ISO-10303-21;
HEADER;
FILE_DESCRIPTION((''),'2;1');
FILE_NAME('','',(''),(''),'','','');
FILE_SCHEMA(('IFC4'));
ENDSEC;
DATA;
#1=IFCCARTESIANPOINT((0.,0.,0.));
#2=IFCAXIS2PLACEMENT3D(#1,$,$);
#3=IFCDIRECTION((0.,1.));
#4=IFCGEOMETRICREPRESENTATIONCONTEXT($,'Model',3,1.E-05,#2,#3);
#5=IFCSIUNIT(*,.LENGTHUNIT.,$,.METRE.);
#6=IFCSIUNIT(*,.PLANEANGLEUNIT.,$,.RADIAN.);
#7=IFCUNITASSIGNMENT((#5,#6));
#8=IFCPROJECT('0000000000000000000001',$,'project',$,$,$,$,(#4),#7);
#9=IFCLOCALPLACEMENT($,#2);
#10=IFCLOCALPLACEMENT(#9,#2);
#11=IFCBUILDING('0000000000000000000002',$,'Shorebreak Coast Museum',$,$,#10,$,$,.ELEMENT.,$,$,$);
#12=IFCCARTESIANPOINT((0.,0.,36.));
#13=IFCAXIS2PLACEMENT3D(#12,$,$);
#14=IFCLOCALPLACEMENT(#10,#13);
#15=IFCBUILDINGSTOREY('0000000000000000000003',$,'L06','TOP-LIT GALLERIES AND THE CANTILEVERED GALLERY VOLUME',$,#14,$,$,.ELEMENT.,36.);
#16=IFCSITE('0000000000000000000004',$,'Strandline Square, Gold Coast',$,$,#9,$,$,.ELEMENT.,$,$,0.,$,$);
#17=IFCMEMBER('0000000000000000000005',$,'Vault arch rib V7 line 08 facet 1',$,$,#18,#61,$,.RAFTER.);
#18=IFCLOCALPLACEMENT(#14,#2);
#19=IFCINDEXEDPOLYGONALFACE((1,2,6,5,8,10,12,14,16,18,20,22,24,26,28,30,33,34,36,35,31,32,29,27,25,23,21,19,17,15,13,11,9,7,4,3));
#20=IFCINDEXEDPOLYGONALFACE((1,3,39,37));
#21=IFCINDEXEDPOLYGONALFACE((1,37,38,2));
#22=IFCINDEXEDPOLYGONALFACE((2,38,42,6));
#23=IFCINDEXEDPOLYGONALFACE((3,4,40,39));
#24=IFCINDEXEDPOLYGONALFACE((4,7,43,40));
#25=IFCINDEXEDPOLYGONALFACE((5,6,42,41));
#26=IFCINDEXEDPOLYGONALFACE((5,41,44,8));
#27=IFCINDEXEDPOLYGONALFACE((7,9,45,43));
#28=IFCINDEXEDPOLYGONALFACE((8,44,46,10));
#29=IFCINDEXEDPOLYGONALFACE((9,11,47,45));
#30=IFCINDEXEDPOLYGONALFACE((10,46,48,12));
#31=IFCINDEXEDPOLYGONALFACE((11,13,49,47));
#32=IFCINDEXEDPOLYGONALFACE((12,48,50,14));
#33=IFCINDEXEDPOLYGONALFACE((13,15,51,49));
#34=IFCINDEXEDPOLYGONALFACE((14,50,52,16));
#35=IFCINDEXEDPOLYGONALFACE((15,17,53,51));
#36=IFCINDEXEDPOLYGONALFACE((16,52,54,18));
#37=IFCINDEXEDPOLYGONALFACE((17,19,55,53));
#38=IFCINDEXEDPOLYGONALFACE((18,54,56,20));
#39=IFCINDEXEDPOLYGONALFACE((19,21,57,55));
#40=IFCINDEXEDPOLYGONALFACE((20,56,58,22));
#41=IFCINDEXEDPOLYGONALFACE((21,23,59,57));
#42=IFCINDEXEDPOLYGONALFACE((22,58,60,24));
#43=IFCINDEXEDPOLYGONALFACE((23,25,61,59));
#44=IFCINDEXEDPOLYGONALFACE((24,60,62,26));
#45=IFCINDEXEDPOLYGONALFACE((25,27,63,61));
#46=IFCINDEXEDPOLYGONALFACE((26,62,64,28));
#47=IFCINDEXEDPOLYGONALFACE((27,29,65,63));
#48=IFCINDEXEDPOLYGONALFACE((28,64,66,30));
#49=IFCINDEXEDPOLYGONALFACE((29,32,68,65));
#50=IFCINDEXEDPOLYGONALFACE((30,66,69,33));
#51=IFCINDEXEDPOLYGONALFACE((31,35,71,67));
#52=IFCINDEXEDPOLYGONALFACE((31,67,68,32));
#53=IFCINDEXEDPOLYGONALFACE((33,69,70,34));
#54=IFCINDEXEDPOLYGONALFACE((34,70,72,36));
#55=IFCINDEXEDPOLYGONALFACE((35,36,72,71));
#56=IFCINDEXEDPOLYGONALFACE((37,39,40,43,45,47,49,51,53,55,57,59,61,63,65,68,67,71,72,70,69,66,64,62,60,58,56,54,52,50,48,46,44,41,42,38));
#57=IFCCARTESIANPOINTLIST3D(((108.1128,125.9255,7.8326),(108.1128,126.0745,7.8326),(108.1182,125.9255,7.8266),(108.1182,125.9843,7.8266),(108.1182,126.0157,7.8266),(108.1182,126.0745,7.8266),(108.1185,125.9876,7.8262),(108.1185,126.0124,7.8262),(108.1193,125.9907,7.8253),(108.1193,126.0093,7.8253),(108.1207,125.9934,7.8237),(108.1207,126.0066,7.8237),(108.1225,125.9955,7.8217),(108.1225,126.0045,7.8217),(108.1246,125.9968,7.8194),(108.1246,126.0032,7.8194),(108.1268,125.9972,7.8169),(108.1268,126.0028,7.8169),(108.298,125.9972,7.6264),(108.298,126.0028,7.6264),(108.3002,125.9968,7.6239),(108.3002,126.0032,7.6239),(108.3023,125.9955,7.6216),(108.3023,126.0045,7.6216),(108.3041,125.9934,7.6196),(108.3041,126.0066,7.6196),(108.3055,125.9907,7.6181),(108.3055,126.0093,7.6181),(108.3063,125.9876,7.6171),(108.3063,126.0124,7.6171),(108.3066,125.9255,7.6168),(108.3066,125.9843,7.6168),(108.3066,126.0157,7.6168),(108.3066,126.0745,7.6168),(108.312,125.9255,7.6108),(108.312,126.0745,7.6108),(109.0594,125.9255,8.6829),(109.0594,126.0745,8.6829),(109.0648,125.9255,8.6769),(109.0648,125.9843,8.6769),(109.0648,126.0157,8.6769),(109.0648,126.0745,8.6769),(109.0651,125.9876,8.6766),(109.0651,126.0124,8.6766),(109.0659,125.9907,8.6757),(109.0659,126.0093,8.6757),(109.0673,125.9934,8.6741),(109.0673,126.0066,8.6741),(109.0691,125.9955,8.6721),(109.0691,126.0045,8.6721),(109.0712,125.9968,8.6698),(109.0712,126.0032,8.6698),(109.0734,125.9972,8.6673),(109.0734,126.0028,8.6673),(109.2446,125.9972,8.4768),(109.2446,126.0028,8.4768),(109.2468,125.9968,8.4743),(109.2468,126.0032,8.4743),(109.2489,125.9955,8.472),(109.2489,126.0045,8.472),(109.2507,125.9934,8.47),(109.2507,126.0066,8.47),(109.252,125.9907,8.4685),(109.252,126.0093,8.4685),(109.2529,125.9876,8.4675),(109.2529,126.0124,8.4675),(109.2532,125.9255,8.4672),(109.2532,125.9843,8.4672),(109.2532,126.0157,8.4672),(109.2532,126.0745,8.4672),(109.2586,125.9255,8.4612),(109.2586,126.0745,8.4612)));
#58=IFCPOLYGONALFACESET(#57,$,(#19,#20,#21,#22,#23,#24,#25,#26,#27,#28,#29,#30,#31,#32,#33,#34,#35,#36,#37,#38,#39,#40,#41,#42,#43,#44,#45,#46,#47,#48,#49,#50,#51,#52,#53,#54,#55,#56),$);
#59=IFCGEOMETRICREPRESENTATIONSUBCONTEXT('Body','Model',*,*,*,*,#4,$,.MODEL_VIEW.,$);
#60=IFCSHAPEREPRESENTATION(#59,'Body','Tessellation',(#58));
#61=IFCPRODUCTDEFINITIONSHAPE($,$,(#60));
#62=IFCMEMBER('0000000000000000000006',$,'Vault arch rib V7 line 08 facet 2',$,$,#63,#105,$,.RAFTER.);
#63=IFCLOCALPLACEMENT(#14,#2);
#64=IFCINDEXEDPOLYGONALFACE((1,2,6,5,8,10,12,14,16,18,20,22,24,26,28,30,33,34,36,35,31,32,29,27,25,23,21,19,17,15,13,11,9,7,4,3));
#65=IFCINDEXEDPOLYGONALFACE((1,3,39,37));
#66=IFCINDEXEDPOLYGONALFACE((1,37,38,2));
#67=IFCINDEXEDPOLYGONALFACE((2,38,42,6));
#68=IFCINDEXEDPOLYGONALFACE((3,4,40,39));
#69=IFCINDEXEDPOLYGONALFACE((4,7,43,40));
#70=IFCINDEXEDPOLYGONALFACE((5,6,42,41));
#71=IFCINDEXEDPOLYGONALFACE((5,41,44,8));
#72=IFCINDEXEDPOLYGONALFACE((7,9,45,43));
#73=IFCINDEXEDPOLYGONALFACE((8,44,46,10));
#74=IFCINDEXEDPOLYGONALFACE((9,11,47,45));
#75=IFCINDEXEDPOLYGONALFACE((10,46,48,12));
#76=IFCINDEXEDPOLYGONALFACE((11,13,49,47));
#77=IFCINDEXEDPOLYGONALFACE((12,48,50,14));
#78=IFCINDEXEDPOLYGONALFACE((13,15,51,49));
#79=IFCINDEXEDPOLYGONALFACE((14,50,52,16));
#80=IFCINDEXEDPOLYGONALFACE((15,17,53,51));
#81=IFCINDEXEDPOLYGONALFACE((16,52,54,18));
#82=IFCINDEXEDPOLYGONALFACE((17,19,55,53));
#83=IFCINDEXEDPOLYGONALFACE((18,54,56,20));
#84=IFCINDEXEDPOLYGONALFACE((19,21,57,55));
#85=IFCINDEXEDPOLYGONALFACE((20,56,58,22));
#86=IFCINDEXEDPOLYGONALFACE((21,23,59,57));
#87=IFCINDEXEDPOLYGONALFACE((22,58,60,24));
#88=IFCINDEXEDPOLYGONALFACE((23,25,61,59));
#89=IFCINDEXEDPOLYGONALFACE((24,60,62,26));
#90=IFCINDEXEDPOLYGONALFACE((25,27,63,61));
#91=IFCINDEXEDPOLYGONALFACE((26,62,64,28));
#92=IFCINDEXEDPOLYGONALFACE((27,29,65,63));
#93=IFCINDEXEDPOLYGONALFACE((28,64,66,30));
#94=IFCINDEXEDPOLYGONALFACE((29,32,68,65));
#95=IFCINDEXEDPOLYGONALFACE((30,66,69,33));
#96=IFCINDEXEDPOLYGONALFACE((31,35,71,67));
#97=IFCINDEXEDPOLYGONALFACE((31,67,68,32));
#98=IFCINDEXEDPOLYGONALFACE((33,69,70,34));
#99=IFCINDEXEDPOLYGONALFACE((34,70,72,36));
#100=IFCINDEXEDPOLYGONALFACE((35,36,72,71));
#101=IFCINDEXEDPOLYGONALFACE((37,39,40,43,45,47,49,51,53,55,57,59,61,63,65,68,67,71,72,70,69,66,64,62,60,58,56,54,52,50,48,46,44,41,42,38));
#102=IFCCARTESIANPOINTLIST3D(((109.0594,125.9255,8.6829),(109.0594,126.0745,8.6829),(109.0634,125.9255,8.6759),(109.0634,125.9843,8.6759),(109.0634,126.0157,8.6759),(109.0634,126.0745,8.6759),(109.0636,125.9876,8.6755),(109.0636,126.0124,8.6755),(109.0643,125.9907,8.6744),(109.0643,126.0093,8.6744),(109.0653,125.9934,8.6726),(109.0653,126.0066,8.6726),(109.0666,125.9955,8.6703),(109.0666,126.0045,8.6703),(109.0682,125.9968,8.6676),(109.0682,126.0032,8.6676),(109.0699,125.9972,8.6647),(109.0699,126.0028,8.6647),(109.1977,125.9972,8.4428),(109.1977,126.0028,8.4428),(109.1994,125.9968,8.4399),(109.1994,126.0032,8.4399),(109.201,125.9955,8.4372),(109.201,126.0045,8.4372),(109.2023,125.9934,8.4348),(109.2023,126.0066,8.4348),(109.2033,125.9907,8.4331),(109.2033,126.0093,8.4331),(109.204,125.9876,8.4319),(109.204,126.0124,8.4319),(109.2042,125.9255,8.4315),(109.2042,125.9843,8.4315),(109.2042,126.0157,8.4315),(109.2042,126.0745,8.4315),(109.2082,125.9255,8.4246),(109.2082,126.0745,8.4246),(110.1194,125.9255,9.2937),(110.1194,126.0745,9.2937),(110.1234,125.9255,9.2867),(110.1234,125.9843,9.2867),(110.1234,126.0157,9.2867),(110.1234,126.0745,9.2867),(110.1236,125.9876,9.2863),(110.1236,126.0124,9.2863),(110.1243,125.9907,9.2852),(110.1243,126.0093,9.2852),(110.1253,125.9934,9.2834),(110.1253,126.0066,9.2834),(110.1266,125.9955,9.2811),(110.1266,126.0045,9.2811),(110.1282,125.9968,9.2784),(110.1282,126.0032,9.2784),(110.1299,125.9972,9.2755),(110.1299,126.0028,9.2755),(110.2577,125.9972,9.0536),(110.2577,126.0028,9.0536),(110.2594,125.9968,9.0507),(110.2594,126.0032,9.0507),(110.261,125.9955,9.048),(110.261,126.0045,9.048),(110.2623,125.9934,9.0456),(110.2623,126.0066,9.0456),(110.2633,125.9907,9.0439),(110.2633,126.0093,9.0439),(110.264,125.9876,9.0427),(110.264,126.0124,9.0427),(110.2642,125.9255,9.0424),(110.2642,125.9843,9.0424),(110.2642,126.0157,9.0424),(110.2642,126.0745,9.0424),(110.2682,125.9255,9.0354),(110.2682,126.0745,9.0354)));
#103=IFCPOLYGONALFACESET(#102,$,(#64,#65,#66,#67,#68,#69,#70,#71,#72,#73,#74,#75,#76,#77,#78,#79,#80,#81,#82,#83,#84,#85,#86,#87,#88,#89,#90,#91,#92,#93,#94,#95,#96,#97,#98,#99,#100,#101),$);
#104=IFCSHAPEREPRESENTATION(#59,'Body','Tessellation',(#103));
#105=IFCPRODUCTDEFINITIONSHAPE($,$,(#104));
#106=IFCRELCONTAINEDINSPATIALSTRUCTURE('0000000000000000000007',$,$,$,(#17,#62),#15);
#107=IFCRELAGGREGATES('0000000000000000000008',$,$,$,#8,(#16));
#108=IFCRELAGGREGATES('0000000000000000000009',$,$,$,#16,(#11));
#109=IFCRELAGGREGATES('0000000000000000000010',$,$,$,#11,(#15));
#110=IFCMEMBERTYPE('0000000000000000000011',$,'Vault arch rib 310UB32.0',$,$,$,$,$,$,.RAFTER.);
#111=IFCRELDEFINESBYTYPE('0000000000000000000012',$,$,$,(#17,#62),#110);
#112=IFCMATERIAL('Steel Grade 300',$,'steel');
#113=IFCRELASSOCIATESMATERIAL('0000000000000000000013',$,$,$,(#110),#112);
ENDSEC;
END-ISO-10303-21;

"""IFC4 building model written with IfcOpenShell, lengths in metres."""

from ifc_helpers import new_model, si_unit, direction, frame, origin, origin_2d, place, context, subcontext, project, spatial, i_section, extrude, material, material_profile, profile_set, type_object, element, save


model = new_model("IFC4")

# Units and contexts
model_context = context("Model", 3, precision=1e-05, world=origin(), true_north=direction((0.0, 1.0)))
body_context = subcontext(model_context, "Body", "Model", "MODEL_VIEW")
ifc_project = project(units=[si_unit("LENGTHUNIT", "METRE"), si_unit("PLANEANGLEUNIT", "RADIAN")], contexts=[model_context])

# Site, building, storey
site_placement = place(None, origin())
site = spatial("IfcSite", under=ifc_project, at=site_placement, Name="Strandline Square, Gold Coast", CompositionType="ELEMENT", RefElevation=0.0)
building_placement = place(site_placement, origin())
building = spatial("IfcBuilding", under=site, at=building_placement, Name="Shorebreak Coast Museum", CompositionType="ELEMENT")
storey_placement = place(building_placement, frame((0.0, 0.0, 36.0)))
storey = spatial("IfcBuildingStorey", under=building, at=storey_placement, Name="L06", Description="TOP-LIT GALLERIES AND THE CANTILEVERED GALLERY VOLUME", CompositionType="ELEMENT", Elevation=36.0)

# Members
ifc_material_1 = material(Name="Steel Grade 300", Category="steel")
ifc_material_profile_1 = material_profile(ifc_material_1, i_section(OverallWidth=0.1489, OverallDepth=0.2981, WebThickness=0.0056, FlangeThickness=0.0081, FilletRadius=0.0129, at=origin_2d()), Name="310UB32.0")
ifc_profile_set_1 = profile_set([ifc_material_profile_1], Name="Steel Grade 300")
member_type_1 = type_object("IfcMemberType", Name="Vault arch rib 310UB32.0", PredefinedType="RAFTER", material=ifc_profile_set_1)
for number, where, z_axis, x_axis, name in (
    (1, (108.2124, 126.0, 7.7217), (0.743895, 0.0, 0.668297), (0.0, 1.0, 0.0), "Vault arch rib V7 line 08 facet 1"),
):
    element("IfcMember", number, at=place(storey_placement, frame(where, z_axis=z_axis, x_axis=x_axis)), inside=storey, type_object=member_type_1, Name=name, PredefinedType="RAFTER", context=body_context, shape_type="SweptSolid", body=[
        extrude(i_section(OverallWidth=0.1489, OverallDepth=0.2981, WebThickness=0.0056, FlangeThickness=0.0081, FilletRadius=0.0129, at=origin_2d()), origin(), (0.0, 0.0, 1.0), 1.2725),
    ])
member_1_placement = place(storey_placement, frame((109.1338, 126.0, 8.5537), z_axis=(0.866445, 0.0, 0.499273), x_axis=(0.0, 1.0, 0.0)))
element("IfcMember", 2, at=member_1_placement, inside=storey, type_object=member_type_1, Name="Vault arch rib V7 line 08 facet 2", PredefinedType="RAFTER", context=body_context, shape_type="SweptSolid", body=[
    extrude(i_section(OverallWidth=0.1489, OverallDepth=0.2981, WebThickness=0.0056, FlangeThickness=0.0081, FilletRadius=0.0129, at=origin_2d()), origin(), (0.0, 0.0, 1.0), 1.2234),
])

save(model, "model.ifc")
